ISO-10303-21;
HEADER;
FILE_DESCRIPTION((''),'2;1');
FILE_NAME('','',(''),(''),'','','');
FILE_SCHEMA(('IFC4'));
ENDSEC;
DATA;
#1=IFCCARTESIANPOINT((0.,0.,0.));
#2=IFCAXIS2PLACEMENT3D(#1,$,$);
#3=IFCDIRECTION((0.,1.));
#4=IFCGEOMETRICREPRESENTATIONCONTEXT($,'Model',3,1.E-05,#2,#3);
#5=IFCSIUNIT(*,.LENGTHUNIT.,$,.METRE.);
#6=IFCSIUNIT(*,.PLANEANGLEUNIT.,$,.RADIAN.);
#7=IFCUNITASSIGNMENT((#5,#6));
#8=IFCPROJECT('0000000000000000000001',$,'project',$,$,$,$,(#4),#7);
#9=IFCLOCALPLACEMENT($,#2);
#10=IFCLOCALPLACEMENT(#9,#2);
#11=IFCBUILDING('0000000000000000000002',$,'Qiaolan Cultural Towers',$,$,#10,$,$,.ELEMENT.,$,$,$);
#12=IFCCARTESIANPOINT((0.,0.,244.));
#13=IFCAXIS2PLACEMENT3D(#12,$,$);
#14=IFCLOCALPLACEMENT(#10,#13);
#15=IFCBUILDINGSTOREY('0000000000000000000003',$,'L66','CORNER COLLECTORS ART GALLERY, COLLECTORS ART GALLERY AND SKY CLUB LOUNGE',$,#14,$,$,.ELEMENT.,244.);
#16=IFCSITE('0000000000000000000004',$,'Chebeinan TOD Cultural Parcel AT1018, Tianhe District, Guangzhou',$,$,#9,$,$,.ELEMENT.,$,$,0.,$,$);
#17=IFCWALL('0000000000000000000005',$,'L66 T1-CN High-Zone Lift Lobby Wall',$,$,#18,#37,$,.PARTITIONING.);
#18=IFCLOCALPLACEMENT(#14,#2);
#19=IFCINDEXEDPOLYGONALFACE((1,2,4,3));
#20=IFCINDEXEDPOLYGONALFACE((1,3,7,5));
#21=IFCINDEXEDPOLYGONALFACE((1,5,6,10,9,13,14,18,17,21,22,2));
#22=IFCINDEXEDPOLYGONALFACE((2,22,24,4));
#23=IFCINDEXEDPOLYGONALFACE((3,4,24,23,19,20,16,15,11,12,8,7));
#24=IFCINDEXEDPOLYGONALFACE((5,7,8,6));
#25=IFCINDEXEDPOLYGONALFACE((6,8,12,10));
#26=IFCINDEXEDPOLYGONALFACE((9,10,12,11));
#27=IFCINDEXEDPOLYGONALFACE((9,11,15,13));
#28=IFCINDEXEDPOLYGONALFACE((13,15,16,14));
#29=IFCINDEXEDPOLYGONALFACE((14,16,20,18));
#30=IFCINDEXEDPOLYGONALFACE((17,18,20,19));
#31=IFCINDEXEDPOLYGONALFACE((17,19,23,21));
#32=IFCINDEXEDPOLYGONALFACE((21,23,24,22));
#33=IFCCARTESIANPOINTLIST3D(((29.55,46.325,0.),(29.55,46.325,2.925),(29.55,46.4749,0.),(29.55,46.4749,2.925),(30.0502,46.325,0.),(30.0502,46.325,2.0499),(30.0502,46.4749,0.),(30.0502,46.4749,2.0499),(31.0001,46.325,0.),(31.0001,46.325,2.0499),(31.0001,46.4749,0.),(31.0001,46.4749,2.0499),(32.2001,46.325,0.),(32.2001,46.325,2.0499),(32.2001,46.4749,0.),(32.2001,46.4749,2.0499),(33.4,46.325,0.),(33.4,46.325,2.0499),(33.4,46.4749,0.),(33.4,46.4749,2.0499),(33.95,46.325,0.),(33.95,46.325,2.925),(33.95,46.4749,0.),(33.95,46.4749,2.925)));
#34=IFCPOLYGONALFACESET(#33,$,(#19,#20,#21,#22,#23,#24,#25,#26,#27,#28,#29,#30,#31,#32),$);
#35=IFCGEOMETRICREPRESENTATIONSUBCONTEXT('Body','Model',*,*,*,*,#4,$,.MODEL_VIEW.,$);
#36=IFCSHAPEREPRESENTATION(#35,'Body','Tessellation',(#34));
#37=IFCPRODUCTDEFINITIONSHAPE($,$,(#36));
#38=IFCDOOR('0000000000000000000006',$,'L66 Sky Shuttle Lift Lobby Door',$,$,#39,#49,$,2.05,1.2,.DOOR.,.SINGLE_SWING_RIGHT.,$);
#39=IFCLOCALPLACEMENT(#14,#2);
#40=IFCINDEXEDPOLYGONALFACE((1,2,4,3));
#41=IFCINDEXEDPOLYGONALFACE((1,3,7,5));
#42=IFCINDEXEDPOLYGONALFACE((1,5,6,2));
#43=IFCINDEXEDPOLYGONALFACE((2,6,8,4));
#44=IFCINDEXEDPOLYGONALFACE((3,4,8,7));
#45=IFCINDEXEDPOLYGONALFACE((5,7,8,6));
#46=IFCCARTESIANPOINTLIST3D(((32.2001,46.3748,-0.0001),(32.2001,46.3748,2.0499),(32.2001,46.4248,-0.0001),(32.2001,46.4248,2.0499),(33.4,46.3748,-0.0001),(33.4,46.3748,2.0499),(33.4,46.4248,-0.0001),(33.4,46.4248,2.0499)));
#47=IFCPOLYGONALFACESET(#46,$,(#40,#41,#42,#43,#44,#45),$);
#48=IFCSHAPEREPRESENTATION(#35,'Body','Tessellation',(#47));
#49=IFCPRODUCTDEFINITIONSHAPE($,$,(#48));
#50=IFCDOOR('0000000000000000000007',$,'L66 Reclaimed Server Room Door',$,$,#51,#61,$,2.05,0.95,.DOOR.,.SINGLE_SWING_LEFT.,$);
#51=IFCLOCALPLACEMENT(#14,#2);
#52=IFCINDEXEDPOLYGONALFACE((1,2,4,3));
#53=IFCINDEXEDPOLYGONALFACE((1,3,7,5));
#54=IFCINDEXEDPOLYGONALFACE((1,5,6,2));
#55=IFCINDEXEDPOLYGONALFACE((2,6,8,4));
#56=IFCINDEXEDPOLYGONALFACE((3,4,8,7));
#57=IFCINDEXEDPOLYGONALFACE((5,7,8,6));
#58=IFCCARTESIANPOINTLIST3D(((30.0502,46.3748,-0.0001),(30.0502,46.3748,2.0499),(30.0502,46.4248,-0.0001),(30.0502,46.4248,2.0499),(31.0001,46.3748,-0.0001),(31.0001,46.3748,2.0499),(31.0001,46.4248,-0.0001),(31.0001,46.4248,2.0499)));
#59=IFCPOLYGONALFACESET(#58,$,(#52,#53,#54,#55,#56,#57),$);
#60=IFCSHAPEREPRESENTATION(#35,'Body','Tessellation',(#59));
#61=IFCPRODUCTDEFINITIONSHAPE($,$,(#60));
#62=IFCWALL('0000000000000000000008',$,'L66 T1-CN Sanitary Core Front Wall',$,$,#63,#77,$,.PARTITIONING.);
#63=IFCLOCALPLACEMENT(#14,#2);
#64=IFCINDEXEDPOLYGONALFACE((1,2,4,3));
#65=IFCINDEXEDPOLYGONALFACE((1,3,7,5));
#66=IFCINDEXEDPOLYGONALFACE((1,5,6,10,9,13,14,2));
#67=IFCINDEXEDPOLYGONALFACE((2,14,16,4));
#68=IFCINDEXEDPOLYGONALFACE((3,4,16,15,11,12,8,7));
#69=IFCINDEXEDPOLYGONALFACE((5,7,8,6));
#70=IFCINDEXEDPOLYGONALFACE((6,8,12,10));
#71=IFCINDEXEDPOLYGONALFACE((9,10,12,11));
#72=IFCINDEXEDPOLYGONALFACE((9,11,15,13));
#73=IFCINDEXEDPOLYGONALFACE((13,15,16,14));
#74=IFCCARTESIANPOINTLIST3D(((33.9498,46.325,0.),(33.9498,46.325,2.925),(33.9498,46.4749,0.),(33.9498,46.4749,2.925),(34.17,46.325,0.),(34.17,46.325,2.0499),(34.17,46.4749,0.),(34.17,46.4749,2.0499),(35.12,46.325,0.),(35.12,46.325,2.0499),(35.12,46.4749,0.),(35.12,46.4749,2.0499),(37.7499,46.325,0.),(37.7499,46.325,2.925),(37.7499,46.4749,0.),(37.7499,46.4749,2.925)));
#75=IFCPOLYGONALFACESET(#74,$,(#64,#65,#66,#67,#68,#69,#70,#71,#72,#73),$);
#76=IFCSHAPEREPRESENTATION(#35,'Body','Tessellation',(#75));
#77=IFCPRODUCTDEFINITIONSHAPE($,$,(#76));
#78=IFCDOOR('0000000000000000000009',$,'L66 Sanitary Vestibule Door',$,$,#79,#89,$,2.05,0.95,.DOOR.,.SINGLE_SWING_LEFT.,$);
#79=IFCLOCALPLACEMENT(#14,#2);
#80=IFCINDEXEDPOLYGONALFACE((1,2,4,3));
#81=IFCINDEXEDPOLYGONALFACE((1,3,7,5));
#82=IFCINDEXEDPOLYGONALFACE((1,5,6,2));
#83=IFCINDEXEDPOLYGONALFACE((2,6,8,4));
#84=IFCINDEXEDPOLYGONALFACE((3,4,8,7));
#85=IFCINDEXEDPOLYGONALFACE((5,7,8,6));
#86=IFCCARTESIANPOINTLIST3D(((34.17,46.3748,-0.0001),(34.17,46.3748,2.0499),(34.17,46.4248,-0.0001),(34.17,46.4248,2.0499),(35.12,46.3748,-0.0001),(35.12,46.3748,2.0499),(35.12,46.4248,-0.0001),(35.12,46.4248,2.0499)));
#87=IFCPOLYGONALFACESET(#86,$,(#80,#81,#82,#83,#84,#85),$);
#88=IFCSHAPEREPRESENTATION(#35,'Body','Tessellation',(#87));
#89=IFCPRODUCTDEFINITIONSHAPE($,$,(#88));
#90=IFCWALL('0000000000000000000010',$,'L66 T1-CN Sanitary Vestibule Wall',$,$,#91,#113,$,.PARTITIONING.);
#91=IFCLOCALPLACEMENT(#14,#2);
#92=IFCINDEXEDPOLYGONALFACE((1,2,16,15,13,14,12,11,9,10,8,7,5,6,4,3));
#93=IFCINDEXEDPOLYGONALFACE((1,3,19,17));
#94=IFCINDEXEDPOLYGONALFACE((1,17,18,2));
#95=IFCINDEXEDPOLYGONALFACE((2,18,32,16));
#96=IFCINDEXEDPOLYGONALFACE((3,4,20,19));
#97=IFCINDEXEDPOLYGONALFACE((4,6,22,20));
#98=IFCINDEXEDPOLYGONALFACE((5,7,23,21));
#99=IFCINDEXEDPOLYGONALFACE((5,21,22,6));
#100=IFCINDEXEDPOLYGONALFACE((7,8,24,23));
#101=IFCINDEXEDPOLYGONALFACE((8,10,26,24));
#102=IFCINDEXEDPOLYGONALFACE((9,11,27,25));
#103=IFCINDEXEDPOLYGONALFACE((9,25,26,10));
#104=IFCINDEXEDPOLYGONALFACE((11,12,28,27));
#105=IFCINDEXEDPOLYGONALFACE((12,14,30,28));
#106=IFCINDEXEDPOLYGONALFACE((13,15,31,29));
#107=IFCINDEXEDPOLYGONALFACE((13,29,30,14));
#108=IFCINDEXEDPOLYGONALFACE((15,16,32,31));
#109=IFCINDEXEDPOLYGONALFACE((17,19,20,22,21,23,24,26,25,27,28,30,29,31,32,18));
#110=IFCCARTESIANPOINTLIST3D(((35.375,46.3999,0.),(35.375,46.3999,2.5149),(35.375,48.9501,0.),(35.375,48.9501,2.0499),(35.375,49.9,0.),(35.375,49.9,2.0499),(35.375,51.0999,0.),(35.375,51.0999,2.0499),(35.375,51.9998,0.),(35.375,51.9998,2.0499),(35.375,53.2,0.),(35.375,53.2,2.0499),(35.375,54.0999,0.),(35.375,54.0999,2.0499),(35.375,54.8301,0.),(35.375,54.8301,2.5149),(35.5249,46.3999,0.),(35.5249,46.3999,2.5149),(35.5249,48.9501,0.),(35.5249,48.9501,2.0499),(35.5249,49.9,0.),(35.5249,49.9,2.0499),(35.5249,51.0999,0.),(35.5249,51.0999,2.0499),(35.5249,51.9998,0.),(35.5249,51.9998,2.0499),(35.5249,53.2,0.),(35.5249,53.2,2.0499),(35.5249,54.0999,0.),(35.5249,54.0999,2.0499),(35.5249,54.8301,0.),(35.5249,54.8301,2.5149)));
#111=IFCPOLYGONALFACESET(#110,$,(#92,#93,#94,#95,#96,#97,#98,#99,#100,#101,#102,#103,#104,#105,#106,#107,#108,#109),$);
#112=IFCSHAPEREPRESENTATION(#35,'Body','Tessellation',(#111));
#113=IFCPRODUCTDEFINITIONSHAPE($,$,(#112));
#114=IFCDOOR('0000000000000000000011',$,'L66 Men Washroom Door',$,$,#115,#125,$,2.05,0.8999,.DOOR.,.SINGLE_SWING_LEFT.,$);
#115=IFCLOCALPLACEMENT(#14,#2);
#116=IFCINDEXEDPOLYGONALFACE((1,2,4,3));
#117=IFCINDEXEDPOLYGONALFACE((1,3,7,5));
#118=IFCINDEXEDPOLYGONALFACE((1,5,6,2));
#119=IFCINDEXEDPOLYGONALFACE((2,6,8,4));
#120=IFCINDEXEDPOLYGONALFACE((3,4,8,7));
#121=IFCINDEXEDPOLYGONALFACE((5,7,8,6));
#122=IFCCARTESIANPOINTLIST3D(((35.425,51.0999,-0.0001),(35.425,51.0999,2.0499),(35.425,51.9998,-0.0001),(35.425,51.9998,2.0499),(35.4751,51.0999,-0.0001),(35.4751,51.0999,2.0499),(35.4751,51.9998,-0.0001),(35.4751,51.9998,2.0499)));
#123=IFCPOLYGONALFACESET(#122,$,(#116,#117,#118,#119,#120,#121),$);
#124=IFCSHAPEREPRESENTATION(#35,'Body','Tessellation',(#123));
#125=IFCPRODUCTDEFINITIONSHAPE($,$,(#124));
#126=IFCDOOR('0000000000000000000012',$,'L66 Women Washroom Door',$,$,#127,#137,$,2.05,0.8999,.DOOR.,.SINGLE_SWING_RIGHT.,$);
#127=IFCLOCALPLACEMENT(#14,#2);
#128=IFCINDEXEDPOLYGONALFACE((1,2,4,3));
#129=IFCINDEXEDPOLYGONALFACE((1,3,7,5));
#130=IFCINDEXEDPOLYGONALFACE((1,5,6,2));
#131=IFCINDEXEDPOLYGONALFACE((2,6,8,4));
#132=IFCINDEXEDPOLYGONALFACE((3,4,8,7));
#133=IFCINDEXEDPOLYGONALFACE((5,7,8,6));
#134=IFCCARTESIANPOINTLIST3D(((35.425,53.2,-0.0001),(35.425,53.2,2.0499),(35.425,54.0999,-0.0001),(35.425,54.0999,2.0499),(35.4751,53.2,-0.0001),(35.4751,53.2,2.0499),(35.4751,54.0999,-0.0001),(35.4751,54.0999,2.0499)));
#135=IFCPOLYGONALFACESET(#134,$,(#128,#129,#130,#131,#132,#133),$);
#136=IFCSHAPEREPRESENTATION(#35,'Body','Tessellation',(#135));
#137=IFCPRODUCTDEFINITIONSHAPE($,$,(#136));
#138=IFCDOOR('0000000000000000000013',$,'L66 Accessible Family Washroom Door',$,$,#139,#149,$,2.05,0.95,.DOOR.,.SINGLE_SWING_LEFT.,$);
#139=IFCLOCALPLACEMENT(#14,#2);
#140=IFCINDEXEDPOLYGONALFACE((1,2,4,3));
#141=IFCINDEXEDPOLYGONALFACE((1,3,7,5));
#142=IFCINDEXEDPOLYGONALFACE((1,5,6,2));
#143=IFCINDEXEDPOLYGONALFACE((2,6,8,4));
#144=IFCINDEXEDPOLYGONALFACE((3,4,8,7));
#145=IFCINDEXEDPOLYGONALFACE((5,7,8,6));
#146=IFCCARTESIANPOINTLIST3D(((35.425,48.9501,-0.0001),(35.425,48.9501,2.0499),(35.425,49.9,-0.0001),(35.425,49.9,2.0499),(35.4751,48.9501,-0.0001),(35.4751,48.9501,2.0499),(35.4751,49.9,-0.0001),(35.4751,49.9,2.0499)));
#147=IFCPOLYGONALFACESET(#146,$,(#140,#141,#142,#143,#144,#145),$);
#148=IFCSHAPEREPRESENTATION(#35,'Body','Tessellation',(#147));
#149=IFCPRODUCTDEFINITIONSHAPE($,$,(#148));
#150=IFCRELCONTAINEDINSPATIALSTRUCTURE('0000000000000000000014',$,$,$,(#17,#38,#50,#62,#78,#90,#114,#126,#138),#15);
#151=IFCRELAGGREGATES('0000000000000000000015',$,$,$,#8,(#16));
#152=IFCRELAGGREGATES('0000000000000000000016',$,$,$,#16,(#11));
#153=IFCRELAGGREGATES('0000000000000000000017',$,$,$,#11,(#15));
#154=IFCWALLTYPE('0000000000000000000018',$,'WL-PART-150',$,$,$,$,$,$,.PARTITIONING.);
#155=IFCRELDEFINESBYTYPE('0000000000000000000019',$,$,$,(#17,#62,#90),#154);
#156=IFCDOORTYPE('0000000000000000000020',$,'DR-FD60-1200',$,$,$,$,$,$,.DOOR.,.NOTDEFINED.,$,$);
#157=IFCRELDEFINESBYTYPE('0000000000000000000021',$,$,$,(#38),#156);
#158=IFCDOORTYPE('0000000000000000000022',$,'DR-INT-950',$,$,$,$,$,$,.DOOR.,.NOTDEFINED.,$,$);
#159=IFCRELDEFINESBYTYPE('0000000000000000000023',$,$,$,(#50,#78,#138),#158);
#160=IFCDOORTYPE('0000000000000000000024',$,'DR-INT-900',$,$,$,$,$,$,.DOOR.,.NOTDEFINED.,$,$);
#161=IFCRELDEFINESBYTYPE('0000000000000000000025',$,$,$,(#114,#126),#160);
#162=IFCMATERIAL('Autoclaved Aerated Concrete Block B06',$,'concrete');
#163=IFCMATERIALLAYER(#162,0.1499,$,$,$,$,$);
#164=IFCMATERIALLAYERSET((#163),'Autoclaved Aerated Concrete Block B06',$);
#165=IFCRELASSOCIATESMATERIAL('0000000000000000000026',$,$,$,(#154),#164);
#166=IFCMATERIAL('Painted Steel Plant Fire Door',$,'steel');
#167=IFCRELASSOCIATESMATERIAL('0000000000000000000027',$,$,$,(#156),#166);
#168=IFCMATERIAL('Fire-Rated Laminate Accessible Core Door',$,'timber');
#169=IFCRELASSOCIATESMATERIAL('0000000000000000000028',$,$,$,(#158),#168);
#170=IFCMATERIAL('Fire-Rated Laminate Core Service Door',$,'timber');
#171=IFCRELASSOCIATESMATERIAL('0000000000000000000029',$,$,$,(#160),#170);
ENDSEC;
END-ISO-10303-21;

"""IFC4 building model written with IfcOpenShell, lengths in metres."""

from ifc_helpers import new_model, si_unit, direction, frame, frame_2d, origin, place, context, subcontext, project, spatial, rectangle, extrude, material, layer, layer_set, type_object, element, fill, save


model = new_model("IFC4")

# Units and contexts
model_context = context("Model", 3, precision=1e-05, world=origin(), true_north=direction((0.0, 1.0)))
body_context = subcontext(model_context, "Body", "Model", "MODEL_VIEW")
ifc_project = project(units=[si_unit("LENGTHUNIT", "METRE"), si_unit("PLANEANGLEUNIT", "RADIAN")], contexts=[model_context])

# Site, building, storey
site_placement = place(None, origin())
site = spatial("IfcSite", under=ifc_project, at=site_placement, Name="Chebeinan TOD Cultural Parcel AT1018, Tianhe District, Guangzhou", CompositionType="ELEMENT", RefElevation=0.0)
building_placement = place(site_placement, origin())
building = spatial("IfcBuilding", under=site, at=building_placement, Name="Qiaolan Cultural Towers", CompositionType="ELEMENT")
storey_placement = place(building_placement, frame((0.0, 0.0, 244.0)))
storey = spatial("IfcBuildingStorey", under=building, at=storey_placement, Name="L66", Description="CORNER COLLECTORS ART GALLERY, COLLECTORS ART GALLERY AND SKY CLUB LOUNGE", CompositionType="ELEMENT", Elevation=244.0)

# Wall, openings, doors
ifc_material_1 = material(Name="Autoclaved Aerated Concrete Block B06", Category="concrete")
ifc_layer_1 = layer(ifc_material_1, 0.1499)
ifc_layer_set_1 = layer_set([ifc_layer_1], Name="Autoclaved Aerated Concrete Block B06")
wall_type_1 = type_object("IfcWallType", Name="WL-PART-150", PredefinedType="PARTITIONING", material=ifc_layer_set_1)
wall_1_placement = place(storey_placement, frame((29.55, 46.3999, 0.0), z_axis=(0.0, 0.0, 1.0), x_axis=(1.0, 0.0, 0.0)))
wall_1 = element("IfcWall", 1, at=wall_1_placement, inside=storey, type_object=wall_type_1, Name="L66 T1-CN High-Zone Lift Lobby Wall", PredefinedType="PARTITIONING", context=body_context, shape_type="SweptSolid", body=[
    extrude(rectangle(XDim=4.3999, YDim=0.1499, at=frame_2d((2.2, 0.0))), origin(), (0.0, 0.0, 1.0), 2.925),
])
opening_1_placement = place(wall_1_placement, frame((0.5, 0.0, 0.0)))
opening_1 = element("IfcOpeningElement", 2, at=opening_1_placement, cuts=wall_1, PredefinedType="OPENING", context=body_context, shape_type="SweptSolid", body=[
    extrude(rectangle(XDim=0.95, YDim=2.05, at=frame_2d((0.4751, 1.0249))), frame((0.0, 0.085, 0.0), z_axis=(0.0, -1.0, 0.0), x_axis=(1.0, 0.0, 0.0)), (0.0, 0.0, 1.0), 0.1699),
])
opening_2_placement = place(wall_1_placement, frame((2.6499, 0.0, 0.0)))
opening_2 = element("IfcOpeningElement", 3, at=opening_2_placement, cuts=wall_1, PredefinedType="OPENING", context=body_context, shape_type="SweptSolid", body=[
    extrude(rectangle(XDim=1.2, YDim=2.05, at=frame_2d((0.6001, 1.0249))), frame((0.0, 0.085, 0.0), z_axis=(0.0, -1.0, 0.0), x_axis=(1.0, 0.0, 0.0)), (0.0, 0.0, 1.0), 0.1699),
])
ifc_material_2 = material(Name="Painted Steel Plant Fire Door", Category="steel")
door_type_1 = type_object("IfcDoorType", Name="DR-FD60-1200", OperationType="NOTDEFINED", PredefinedType="DOOR", material=ifc_material_2)
door_1_placement = place(opening_2_placement, origin())
door_1 = element("IfcDoor", 4, at=door_1_placement, inside=storey, type_object=door_type_1, Name="L66 Sky Shuttle Lift Lobby Door", OperationType="SINGLE_SWING_RIGHT", OverallHeight=2.05, OverallWidth=1.2, PredefinedType="DOOR", context=body_context, shape_type="SweptSolid", body=[
    extrude(rectangle(XDim=1.2, YDim=2.05, at=frame_2d((0.6001, 1.0249))), frame((0.0, 0.0249, 0.0), z_axis=(0.0, -1.0, 0.0), x_axis=(1.0, 0.0, 0.0)), (0.0, 0.0, 1.0), 0.05),
])
fill(opening_2, door_1)
ifc_material_3 = material(Name="Fire-Rated Laminate Accessible Core Door", Category="timber")
door_type_2 = type_object("IfcDoorType", Name="DR-INT-950", OperationType="NOTDEFINED", PredefinedType="DOOR", material=ifc_material_3)
door_2_placement = place(opening_1_placement, origin())
door_2 = element("IfcDoor", 5, at=door_2_placement, inside=storey, type_object=door_type_2, Name="L66 Reclaimed Server Room Door", OperationType="SINGLE_SWING_LEFT", OverallHeight=2.05, OverallWidth=0.95, PredefinedType="DOOR", context=body_context, shape_type="SweptSolid", body=[
    extrude(rectangle(XDim=0.95, YDim=2.05, at=frame_2d((0.4751, 1.0249))), frame((0.0, 0.0249, 0.0), z_axis=(0.0, -1.0, 0.0), x_axis=(1.0, 0.0, 0.0)), (0.0, 0.0, 1.0), 0.05),
])
fill(opening_1, door_2)

# Wall, opening, door
wall_2_placement = place(storey_placement, frame((33.95, 46.3999, 0.0), z_axis=(0.0, 0.0, 1.0), x_axis=(1.0, 0.0, 0.0)))
wall_2 = element("IfcWall", 6, at=wall_2_placement, inside=storey, type_object=wall_type_1, Name="L66 T1-CN Sanitary Core Front Wall", PredefinedType="PARTITIONING", context=body_context, shape_type="SweptSolid", body=[
    extrude(rectangle(XDim=3.8, YDim=0.1499, at=frame_2d((1.8999, 0.0))), origin(), (0.0, 0.0, 1.0), 2.925),
])
opening_3_placement = place(wall_2_placement, frame((0.22, 0.0, 0.0)))
opening_3 = element("IfcOpeningElement", 7, at=opening_3_placement, cuts=wall_2, PredefinedType="OPENING", context=body_context, shape_type="SweptSolid", body=[
    extrude(rectangle(XDim=0.95, YDim=2.05, at=frame_2d((0.4751, 1.0249))), frame((0.0, 0.085, 0.0), z_axis=(0.0, -1.0, 0.0), x_axis=(1.0, 0.0, 0.0)), (0.0, 0.0, 1.0), 0.1699),
])
door_3_placement = place(opening_3_placement, origin())
door_3 = element("IfcDoor", 8, at=door_3_placement, inside=storey, type_object=door_type_2, Name="L66 Sanitary Vestibule Door", OperationType="SINGLE_SWING_LEFT", OverallHeight=2.05, OverallWidth=0.95, PredefinedType="DOOR", context=body_context, shape_type="SweptSolid", body=[
    extrude(rectangle(XDim=0.95, YDim=2.05, at=frame_2d((0.4751, 1.0249))), frame((0.0, 0.0249, 0.0), z_axis=(0.0, -1.0, 0.0), x_axis=(1.0, 0.0, 0.0)), (0.0, 0.0, 1.0), 0.05),
])
fill(opening_3, door_3)

# Wall, openings, doors
wall_3_placement = place(storey_placement, frame((35.45, 46.3999, 0.0), z_axis=(0.0, 0.0, 1.0), x_axis=(0.0, 1.0, 0.0)))
wall_3 = element("IfcWall", 9, at=wall_3_placement, inside=storey, type_object=wall_type_1, Name="L66 T1-CN Sanitary Vestibule Wall", PredefinedType="PARTITIONING", context=body_context, shape_type="SweptSolid", body=[
    extrude(rectangle(XDim=8.4302, YDim=0.1499, at=frame_2d((4.2151, 0.0))), origin(), (0.0, 0.0, 1.0), 2.5149),
])
opening_4_placement = place(wall_3_placement, frame((2.55, 0.0, 0.0)))
opening_4 = element("IfcOpeningElement", 10, at=opening_4_placement, cuts=wall_3, PredefinedType="OPENING", context=body_context, shape_type="SweptSolid", body=[
    extrude(rectangle(XDim=0.95, YDim=2.05, at=frame_2d((0.4751, 1.0249))), frame((0.0, 0.085, 0.0), z_axis=(0.0, -1.0, 0.0), x_axis=(1.0, 0.0, 0.0)), (0.0, 0.0, 1.0), 0.1699),
])
opening_5_placement = place(wall_3_placement, frame((4.7, 0.0, 0.0)))
opening_5 = element("IfcOpeningElement", 11, at=opening_5_placement, cuts=wall_3, PredefinedType="OPENING", context=body_context, shape_type="SweptSolid", body=[
    extrude(rectangle(XDim=0.8999, YDim=2.05, at=frame_2d((0.45, 1.0249))), frame((0.0, 0.085, 0.0), z_axis=(0.0, -1.0, 0.0), x_axis=(1.0, 0.0, 0.0)), (0.0, 0.0, 1.0), 0.1699),
])
opening_6_placement = place(wall_3_placement, frame((6.8, 0.0, 0.0)))
opening_6 = element("IfcOpeningElement", 12, at=opening_6_placement, cuts=wall_3, PredefinedType="OPENING", context=body_context, shape_type="SweptSolid", body=[
    extrude(rectangle(XDim=0.8999, YDim=2.05, at=frame_2d((0.45, 1.0249))), frame((0.0, 0.085, 0.0), z_axis=(0.0, -1.0, 0.0), x_axis=(1.0, 0.0, 0.0)), (0.0, 0.0, 1.0), 0.1699),
])
ifc_material_4 = material(Name="Fire-Rated Laminate Core Service Door", Category="timber")
door_type_3 = type_object("IfcDoorType", Name="DR-INT-900", OperationType="NOTDEFINED", PredefinedType="DOOR", material=ifc_material_4)
door_4_placement = place(opening_5_placement, origin())
door_4 = element("IfcDoor", 13, at=door_4_placement, inside=storey, type_object=door_type_3, Name="L66 Men Washroom Door", OperationType="SINGLE_SWING_LEFT", OverallHeight=2.05, OverallWidth=0.8999, PredefinedType="DOOR", context=body_context, shape_type="SweptSolid", body=[
    extrude(rectangle(XDim=0.8999, YDim=2.05, at=frame_2d((0.45, 1.0249))), frame((0.0, 0.0249, 0.0), z_axis=(0.0, -1.0, 0.0), x_axis=(1.0, 0.0, 0.0)), (0.0, 0.0, 1.0), 0.05),
])
fill(opening_5, door_4)
door_5_placement = place(opening_6_placement, origin())
door_5 = element("IfcDoor", 14, at=door_5_placement, inside=storey, type_object=door_type_3, Name="L66 Women Washroom Door", OperationType="SINGLE_SWING_RIGHT", OverallHeight=2.05, OverallWidth=0.8999, PredefinedType="DOOR", context=body_context, shape_type="SweptSolid", body=[
    extrude(rectangle(XDim=0.8999, YDim=2.05, at=frame_2d((0.45, 1.0249))), frame((0.0, 0.0249, 0.0), z_axis=(0.0, -1.0, 0.0), x_axis=(1.0, 0.0, 0.0)), (0.0, 0.0, 1.0), 0.05),
])
fill(opening_6, door_5)
door_6_placement = place(opening_4_placement, origin())
door_6 = element("IfcDoor", 15, at=door_6_placement, inside=storey, type_object=door_type_2, Name="L66 Accessible Family Washroom Door", OperationType="SINGLE_SWING_LEFT", OverallHeight=2.05, OverallWidth=0.95, PredefinedType="DOOR", context=body_context, shape_type="SweptSolid", body=[
    extrude(rectangle(XDim=0.95, YDim=2.05, at=frame_2d((0.4751, 1.0249))), frame((0.0, 0.0249, 0.0), z_axis=(0.0, -1.0, 0.0), x_axis=(1.0, 0.0, 0.0)), (0.0, 0.0, 1.0), 0.05),
])
fill(opening_4, door_6)

save(model, "model.ifc")
